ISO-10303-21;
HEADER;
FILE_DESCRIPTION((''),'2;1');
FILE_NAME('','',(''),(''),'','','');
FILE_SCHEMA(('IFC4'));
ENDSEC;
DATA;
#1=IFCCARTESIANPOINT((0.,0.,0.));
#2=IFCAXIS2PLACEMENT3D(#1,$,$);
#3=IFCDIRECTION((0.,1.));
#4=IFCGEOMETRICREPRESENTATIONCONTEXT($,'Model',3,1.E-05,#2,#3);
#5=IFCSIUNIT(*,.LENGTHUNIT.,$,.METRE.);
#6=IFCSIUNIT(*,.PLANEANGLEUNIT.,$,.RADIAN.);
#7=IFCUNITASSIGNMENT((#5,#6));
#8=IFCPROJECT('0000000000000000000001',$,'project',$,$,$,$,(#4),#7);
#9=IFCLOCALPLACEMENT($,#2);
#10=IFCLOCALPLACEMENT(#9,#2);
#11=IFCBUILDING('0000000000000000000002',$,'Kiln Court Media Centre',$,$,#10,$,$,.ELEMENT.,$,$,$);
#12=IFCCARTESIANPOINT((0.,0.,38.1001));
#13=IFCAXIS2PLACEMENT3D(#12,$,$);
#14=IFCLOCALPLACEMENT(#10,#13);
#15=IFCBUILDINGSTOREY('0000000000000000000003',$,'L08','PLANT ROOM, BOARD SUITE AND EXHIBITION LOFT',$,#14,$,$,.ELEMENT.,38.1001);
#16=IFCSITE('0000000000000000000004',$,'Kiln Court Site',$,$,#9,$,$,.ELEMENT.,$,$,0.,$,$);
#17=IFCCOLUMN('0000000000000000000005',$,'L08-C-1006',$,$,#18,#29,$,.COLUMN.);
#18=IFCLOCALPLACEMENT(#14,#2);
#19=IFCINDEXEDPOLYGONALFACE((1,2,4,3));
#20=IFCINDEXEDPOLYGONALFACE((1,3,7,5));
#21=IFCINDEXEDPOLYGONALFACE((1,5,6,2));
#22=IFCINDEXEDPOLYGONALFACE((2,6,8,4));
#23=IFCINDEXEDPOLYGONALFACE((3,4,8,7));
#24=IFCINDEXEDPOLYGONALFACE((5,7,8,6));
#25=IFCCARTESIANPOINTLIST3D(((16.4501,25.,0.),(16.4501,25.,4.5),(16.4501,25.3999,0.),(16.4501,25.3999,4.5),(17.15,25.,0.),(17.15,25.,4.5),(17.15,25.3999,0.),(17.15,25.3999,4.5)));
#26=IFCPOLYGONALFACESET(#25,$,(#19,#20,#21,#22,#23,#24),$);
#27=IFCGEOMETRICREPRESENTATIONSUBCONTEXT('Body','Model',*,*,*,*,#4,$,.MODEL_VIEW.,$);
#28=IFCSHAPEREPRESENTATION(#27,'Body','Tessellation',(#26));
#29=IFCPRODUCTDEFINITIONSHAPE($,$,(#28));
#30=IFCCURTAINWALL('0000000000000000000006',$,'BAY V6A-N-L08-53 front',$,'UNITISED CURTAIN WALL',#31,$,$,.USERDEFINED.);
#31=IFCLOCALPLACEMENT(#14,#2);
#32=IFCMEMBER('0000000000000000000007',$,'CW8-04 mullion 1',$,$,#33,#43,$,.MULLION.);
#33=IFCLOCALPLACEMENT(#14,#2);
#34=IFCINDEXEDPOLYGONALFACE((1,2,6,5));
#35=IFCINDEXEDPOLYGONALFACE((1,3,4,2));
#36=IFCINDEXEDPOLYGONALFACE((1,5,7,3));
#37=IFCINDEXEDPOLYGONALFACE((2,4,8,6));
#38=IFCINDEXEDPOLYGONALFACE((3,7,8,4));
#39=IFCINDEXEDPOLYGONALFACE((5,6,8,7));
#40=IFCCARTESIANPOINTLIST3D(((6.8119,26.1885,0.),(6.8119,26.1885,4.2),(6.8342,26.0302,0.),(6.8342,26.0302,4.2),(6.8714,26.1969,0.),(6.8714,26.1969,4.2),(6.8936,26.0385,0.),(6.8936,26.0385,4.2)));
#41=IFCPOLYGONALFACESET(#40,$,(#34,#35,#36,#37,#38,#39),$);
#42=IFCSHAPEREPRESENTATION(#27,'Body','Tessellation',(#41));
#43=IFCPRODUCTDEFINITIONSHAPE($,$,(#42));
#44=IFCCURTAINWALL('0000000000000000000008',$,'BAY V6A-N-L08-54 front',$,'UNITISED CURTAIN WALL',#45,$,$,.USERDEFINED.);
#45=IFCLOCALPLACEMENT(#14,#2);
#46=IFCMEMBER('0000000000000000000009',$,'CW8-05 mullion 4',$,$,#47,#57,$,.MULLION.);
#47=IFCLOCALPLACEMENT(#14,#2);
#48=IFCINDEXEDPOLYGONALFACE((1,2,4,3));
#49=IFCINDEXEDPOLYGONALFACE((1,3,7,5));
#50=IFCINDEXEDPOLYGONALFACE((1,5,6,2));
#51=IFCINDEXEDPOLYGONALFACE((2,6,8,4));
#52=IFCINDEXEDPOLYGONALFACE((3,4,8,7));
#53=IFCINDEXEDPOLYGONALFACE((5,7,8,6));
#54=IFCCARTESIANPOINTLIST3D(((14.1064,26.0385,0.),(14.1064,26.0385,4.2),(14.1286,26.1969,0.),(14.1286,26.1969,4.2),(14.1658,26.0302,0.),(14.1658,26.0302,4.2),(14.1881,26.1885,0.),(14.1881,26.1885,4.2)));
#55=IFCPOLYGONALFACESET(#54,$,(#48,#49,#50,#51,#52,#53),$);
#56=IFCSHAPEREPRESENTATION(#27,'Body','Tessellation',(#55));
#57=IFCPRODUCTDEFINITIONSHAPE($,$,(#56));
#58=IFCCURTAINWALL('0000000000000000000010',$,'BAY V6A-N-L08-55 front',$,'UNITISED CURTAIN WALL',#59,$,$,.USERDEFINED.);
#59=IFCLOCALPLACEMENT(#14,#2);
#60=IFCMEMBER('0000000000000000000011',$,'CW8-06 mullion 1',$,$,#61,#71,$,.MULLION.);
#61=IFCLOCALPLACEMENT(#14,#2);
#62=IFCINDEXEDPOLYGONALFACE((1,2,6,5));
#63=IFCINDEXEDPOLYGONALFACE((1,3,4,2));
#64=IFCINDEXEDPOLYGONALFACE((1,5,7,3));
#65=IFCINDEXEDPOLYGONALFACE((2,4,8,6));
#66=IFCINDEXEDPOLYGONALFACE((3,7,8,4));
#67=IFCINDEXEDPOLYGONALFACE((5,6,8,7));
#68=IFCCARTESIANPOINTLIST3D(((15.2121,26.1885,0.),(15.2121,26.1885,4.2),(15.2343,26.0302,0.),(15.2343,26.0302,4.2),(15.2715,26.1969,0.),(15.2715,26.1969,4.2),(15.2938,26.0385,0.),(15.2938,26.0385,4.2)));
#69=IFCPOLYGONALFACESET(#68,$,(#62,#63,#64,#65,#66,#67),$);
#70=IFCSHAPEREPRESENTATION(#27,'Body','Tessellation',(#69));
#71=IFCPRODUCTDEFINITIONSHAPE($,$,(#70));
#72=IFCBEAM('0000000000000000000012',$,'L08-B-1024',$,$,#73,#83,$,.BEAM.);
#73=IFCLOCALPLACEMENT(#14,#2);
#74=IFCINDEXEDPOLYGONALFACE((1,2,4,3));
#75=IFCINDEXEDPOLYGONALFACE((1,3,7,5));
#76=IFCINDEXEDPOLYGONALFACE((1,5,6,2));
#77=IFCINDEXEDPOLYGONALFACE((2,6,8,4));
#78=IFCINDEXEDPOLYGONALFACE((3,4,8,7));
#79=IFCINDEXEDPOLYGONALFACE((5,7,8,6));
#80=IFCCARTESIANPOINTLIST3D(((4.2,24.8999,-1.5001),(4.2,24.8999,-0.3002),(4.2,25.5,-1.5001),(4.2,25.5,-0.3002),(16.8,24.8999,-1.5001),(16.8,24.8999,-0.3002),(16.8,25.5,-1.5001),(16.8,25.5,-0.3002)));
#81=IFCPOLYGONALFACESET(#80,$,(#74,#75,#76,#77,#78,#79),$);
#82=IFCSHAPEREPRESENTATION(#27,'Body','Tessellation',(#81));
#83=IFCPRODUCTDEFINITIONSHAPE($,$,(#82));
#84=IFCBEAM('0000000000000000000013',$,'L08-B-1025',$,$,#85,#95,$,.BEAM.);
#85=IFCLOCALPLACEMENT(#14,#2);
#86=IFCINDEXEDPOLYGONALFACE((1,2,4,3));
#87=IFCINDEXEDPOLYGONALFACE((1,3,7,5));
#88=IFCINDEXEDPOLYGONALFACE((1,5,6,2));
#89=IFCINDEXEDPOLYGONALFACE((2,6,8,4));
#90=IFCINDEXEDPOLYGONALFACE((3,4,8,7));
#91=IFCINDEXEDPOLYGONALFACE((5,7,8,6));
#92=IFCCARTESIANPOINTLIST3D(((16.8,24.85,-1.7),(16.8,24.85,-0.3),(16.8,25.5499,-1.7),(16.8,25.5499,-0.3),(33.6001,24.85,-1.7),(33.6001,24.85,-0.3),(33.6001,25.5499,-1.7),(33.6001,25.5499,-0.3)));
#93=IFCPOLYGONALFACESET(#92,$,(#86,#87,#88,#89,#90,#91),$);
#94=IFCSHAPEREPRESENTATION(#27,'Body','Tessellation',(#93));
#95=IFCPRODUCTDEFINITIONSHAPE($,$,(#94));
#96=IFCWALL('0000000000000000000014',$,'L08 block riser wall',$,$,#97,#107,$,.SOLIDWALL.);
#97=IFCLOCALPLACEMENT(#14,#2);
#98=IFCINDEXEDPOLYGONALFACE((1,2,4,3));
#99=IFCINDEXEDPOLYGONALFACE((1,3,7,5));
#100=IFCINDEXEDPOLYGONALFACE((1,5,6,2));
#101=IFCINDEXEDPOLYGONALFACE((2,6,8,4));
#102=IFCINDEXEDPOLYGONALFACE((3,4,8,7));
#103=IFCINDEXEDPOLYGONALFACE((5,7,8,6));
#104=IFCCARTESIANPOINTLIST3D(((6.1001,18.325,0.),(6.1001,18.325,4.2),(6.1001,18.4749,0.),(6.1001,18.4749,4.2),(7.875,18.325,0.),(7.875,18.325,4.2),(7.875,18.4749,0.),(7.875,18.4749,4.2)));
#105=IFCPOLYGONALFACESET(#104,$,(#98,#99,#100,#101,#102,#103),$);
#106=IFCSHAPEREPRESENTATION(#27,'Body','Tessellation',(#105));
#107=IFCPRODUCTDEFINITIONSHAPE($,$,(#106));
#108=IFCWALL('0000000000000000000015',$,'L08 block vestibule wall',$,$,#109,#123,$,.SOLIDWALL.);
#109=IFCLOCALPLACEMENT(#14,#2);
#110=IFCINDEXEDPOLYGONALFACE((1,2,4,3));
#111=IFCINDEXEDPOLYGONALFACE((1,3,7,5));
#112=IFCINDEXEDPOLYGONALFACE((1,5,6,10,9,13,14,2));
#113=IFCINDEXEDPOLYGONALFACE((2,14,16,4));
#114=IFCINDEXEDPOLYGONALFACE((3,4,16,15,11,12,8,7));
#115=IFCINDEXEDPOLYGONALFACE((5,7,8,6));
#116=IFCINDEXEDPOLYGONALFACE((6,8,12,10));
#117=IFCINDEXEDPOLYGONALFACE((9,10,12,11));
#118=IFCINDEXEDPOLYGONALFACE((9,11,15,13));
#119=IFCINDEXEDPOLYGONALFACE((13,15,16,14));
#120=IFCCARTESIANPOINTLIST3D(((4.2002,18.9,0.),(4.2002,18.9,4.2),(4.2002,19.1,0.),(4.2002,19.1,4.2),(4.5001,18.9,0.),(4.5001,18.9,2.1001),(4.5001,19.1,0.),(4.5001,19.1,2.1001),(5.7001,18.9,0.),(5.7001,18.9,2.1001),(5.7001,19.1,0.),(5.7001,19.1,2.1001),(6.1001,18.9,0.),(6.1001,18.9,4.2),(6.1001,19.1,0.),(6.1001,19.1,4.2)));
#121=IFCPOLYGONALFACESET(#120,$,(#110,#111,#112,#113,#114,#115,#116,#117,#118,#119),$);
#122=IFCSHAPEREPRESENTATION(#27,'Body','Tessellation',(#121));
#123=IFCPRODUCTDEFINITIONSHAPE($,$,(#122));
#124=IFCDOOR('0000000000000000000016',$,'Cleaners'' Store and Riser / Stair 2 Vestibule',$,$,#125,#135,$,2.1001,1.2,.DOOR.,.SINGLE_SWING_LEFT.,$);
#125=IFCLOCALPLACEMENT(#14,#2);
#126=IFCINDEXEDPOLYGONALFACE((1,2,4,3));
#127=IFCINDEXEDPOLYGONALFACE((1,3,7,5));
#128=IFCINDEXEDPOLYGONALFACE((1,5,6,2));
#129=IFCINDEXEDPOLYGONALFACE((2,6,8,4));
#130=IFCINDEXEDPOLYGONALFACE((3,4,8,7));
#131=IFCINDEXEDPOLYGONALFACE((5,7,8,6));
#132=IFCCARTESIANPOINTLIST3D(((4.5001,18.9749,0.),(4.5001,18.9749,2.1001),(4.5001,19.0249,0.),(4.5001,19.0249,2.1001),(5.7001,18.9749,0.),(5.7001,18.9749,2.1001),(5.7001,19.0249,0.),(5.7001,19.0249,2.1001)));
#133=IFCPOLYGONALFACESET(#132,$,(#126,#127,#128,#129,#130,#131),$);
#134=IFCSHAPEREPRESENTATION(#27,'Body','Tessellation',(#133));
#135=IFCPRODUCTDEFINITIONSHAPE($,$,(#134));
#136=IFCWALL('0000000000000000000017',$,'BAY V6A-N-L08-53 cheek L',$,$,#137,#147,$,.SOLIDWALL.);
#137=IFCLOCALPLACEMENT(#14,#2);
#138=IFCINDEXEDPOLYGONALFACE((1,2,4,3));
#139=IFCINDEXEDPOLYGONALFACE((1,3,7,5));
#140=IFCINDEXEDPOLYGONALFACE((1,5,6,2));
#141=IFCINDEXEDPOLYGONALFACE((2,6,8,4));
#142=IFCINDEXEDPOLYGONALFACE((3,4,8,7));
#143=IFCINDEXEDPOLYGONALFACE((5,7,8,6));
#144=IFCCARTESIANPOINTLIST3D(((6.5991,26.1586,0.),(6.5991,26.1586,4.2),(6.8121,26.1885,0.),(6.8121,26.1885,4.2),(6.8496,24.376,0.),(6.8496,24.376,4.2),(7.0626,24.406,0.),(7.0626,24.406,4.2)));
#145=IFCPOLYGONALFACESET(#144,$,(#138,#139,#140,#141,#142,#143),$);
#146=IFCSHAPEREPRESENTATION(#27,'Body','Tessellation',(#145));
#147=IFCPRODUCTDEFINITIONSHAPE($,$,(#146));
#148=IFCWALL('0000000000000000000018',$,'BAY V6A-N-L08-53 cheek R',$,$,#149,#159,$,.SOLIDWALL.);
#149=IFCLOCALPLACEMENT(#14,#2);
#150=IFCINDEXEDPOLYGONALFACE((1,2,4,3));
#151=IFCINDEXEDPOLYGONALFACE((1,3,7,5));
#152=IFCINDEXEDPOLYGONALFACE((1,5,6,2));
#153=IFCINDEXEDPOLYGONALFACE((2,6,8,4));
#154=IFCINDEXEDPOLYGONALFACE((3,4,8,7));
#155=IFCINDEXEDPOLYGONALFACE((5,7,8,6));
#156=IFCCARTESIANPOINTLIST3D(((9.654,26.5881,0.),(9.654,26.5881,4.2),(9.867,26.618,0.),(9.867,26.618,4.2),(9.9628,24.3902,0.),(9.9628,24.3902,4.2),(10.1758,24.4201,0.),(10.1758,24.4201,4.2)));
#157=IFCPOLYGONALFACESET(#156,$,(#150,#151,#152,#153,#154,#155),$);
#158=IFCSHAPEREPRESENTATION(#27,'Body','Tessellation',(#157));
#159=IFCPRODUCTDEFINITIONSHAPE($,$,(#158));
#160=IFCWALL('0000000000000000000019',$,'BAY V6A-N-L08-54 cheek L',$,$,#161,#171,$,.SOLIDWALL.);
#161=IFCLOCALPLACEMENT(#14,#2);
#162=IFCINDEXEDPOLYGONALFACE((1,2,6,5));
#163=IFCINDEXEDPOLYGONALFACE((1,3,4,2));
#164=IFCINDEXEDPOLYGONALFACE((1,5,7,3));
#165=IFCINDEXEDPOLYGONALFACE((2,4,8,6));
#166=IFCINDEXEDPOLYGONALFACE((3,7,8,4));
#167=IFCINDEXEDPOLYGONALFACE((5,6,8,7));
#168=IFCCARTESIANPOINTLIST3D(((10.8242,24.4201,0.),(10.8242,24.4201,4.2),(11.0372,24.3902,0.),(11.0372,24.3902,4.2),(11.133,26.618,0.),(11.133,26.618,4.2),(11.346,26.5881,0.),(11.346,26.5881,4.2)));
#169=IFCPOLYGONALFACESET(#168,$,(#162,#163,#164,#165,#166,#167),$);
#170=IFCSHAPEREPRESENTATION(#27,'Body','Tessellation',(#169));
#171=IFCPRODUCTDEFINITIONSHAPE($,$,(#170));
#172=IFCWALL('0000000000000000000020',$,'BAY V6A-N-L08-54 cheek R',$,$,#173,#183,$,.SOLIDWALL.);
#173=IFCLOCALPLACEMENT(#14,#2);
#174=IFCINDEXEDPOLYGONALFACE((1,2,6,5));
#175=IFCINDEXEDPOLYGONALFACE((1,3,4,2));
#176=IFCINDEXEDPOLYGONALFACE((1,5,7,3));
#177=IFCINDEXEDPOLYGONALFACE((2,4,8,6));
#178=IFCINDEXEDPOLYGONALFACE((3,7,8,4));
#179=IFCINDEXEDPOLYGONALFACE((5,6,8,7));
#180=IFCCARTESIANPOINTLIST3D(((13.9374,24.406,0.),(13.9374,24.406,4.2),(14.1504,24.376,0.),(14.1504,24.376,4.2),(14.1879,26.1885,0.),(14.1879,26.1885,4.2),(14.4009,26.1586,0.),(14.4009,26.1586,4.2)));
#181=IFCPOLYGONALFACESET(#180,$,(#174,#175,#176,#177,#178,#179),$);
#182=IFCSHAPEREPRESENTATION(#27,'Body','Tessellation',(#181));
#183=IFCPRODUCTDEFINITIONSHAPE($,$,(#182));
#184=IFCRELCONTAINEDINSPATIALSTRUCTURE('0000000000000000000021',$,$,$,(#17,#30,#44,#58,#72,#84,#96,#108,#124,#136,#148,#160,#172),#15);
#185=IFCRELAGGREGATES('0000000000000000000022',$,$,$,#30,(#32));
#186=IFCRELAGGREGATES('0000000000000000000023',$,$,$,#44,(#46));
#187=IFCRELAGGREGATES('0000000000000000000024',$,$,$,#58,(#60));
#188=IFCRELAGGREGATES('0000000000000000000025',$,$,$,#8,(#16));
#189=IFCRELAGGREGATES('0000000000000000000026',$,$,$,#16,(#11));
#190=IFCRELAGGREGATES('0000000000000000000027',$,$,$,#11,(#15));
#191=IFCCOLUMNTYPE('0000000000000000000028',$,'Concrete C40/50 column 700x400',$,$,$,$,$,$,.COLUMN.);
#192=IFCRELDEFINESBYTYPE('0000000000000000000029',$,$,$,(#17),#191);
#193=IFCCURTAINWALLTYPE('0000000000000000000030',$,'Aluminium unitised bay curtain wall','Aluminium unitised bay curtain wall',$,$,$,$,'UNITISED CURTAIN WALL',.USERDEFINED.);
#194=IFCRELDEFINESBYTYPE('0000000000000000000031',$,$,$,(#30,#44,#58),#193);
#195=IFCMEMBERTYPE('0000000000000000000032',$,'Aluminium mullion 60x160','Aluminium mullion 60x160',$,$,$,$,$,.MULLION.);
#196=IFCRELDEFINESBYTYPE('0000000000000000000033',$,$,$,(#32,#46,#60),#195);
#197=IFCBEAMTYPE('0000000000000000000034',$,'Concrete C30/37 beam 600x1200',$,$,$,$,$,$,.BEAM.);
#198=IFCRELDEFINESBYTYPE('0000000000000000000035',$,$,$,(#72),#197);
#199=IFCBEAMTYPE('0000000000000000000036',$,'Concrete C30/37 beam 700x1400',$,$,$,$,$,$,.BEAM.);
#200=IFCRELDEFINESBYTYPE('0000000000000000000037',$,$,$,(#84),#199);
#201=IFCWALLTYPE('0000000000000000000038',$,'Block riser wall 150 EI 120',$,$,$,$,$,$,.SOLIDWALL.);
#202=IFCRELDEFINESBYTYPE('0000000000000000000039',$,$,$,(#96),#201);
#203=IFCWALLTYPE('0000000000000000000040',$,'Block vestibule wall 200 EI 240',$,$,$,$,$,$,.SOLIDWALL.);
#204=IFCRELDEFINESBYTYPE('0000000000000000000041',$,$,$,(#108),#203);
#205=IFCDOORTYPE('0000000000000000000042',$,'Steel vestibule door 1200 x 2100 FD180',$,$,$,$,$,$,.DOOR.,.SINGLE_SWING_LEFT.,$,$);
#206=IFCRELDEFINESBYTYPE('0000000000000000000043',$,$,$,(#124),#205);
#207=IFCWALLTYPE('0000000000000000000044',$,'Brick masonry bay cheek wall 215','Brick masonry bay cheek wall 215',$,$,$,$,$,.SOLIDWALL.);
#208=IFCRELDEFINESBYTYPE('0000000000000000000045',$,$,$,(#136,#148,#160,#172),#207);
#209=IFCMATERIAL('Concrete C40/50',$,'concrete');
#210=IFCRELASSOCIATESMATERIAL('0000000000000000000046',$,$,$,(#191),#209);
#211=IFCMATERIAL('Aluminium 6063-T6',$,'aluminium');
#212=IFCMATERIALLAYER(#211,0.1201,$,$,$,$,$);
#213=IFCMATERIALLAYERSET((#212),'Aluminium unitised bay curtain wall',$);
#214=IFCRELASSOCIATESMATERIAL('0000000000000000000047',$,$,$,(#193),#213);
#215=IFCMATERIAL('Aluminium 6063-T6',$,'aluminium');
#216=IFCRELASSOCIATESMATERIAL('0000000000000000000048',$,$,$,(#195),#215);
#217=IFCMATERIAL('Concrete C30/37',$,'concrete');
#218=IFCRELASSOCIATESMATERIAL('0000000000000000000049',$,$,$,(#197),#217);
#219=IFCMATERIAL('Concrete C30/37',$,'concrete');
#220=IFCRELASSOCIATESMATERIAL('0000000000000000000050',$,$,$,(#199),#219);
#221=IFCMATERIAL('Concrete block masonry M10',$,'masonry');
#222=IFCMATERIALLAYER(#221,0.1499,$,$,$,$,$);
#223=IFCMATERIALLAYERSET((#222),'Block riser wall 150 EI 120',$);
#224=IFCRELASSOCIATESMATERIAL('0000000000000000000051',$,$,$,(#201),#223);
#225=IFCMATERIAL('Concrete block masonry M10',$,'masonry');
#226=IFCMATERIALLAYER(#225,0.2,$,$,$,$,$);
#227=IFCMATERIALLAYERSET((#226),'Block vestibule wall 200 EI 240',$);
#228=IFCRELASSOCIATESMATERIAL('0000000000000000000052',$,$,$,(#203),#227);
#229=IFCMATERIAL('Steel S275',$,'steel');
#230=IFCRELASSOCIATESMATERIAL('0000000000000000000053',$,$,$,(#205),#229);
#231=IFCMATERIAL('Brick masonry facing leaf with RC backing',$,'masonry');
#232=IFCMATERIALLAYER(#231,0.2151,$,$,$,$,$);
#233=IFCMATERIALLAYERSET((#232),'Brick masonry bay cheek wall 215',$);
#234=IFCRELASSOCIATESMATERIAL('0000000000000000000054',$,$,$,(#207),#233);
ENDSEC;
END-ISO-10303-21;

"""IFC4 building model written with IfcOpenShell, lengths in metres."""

from ifc_helpers import new_model, si_unit, direction, frame, frame_2d, origin, origin_2d, place, context, subcontext, project, spatial, rectangle, extrude, material, layer, layer_set, material_profile, profile_set, type_object, element, fill, aggregate, save


model = new_model("IFC4")

# Units and contexts
model_context = context("Model", 3, precision=1e-05, world=origin(), true_north=direction((0.0, 1.0)))
body_context = subcontext(model_context, "Body", "Model", "MODEL_VIEW")
ifc_project = project(units=[si_unit("LENGTHUNIT", "METRE"), si_unit("PLANEANGLEUNIT", "RADIAN")], contexts=[model_context])

# Site, building, storey
site_placement = place(None, origin())
site = spatial("IfcSite", under=ifc_project, at=site_placement, Name="Kiln Court Site", CompositionType="ELEMENT", RefElevation=0.0)
building_placement = place(site_placement, origin())
building = spatial("IfcBuilding", under=site, at=building_placement, Name="Kiln Court Media Centre", CompositionType="ELEMENT")
storey_placement = place(building_placement, frame((0.0, 0.0, 38.1001)))
storey = spatial("IfcBuildingStorey", under=building, at=storey_placement, Name="L08", Description="PLANT ROOM, BOARD SUITE AND EXHIBITION LOFT", CompositionType="ELEMENT", Elevation=38.1001)

# Column
ifc_material_1 = material(Name="Concrete C40/50", Category="concrete")
ifc_material_profile_1 = material_profile(ifc_material_1, rectangle(XDim=0.7, YDim=0.3999, at=origin_2d()), Name="RC 700x400")
ifc_profile_set_1 = profile_set([ifc_material_profile_1], Name="Concrete C40/50")
column_type = type_object("IfcColumnType", Name="Concrete C40/50 column 700x400", PredefinedType="COLUMN", material=ifc_profile_set_1)
column_placement = place(storey_placement, frame((16.8, 25.2, 0.0), z_axis=(0.0, 0.0, 1.0), x_axis=(1.0, 0.0, 0.0)))
element("IfcColumn", 1, at=column_placement, inside=storey, type_object=column_type, Name="L08-C-1006", PredefinedType="COLUMN", context=body_context, shape_type="SweptSolid", body=[
    extrude(rectangle(XDim=0.7, YDim=0.3999, at=origin_2d()), origin(), (0.0, 0.0, 1.0), 4.5),
])

# Curtain walls, members
ifc_material_2 = material(Name="Aluminium 6063-T6", Category="aluminium")
ifc_layer_1 = layer(ifc_material_2, 0.1201)
ifc_layer_set_1 = layer_set([ifc_layer_1], Name="Aluminium unitised bay curtain wall")
curtain_wall_type = type_object("IfcCurtainWallType", Name="Aluminium unitised bay curtain wall", Description="Aluminium unitised bay curtain wall", ElementType="UNITISED CURTAIN WALL", PredefinedType="USERDEFINED", material=ifc_layer_set_1)
curtain_wall_1_placement = place(storey_placement, origin())
curtain_wall_1 = element("IfcCurtainWall", 2, at=curtain_wall_1_placement, inside=storey, type_object=curtain_wall_type, Name="BAY V6A-N-L08-53 front", ObjectType="UNITISED CURTAIN WALL", PredefinedType="USERDEFINED")
ifc_material_3 = material(Name="Aluminium 6063-T6", Category="aluminium")
ifc_material_profile_2 = material_profile(ifc_material_3, rectangle(XDim=0.0601, YDim=0.1599, at=origin_2d()), Name="Aluminium mullion 60x160")
ifc_profile_set_2 = profile_set([ifc_material_profile_2], Name="Aluminium 6063-T6")
member_type = type_object("IfcMemberType", Name="Aluminium mullion 60x160", Description="Aluminium mullion 60x160", PredefinedType="MULLION", material=ifc_profile_set_2)
member_1_placement = place(storey_placement, frame((6.8528, 26.1135, 0.0), z_axis=(0.0, 0.0, 1.0), x_axis=(0.99027, 0.139162, 0.0)))
member_1 = element("IfcMember", 3, at=member_1_placement, type_object=member_type, Name="CW8-04 mullion 1", PredefinedType="MULLION", context=body_context, shape_type="SweptSolid", body=[
    extrude(rectangle(XDim=0.0601, YDim=0.1599, at=origin_2d()), origin(), (0.0, 0.0, 1.0), 4.2),
])
aggregate(curtain_wall_1, [member_1])
curtain_wall_2_placement = place(storey_placement, origin())
curtain_wall_2 = element("IfcCurtainWall", 4, at=curtain_wall_2_placement, inside=storey, type_object=curtain_wall_type, Name="BAY V6A-N-L08-54 front", ObjectType="UNITISED CURTAIN WALL", PredefinedType="USERDEFINED")
member_2_placement = place(storey_placement, frame((14.1472, 26.1135, 0.0), z_axis=(0.0, 0.0, 1.0), x_axis=(0.99027, -0.139162, 0.0)))
member_2 = element("IfcMember", 5, at=member_2_placement, type_object=member_type, Name="CW8-05 mullion 4", PredefinedType="MULLION", context=body_context, shape_type="SweptSolid", body=[
    extrude(rectangle(XDim=0.0601, YDim=0.1599, at=origin_2d()), origin(), (0.0, 0.0, 1.0), 4.2),
])
aggregate(curtain_wall_2, [member_2])
curtain_wall_3_placement = place(storey_placement, origin())
curtain_wall_3 = element("IfcCurtainWall", 6, at=curtain_wall_3_placement, inside=storey, type_object=curtain_wall_type, Name="BAY V6A-N-L08-55 front", ObjectType="UNITISED CURTAIN WALL", PredefinedType="USERDEFINED")
member_3_placement = place(storey_placement, frame((15.2529, 26.1135, 0.0), z_axis=(0.0, 0.0, 1.0), x_axis=(0.99027, 0.139162, 0.0)))
member_3 = element("IfcMember", 7, at=member_3_placement, type_object=member_type, Name="CW8-06 mullion 1", PredefinedType="MULLION", context=body_context, shape_type="SweptSolid", body=[
    extrude(rectangle(XDim=0.0601, YDim=0.1599, at=origin_2d()), origin(), (0.0, 0.0, 1.0), 4.2),
])
aggregate(curtain_wall_3, [member_3])

# Beams
ifc_material_4 = material(Name="Concrete C30/37", Category="concrete")
ifc_material_profile_3 = material_profile(ifc_material_4, rectangle(XDim=0.6001, YDim=1.2, at=origin_2d()), Name="RC 600x1200")
ifc_profile_set_3 = profile_set([ifc_material_profile_3], Name="Concrete C30/37")
beam_type_1 = type_object("IfcBeamType", Name="Concrete C30/37 beam 600x1200", PredefinedType="BEAM", material=ifc_profile_set_3)
beam_1_placement = place(storey_placement, frame((4.2, 25.2, -0.9001), z_axis=(1.0, 0.0, 0.0), x_axis=(0.0, 1.0, 0.0)))
element("IfcBeam", 8, at=beam_1_placement, inside=storey, type_object=beam_type_1, Name="L08-B-1024", PredefinedType="BEAM", context=body_context, shape_type="SweptSolid", body=[
    extrude(rectangle(XDim=0.6001, YDim=1.2, at=origin_2d()), origin(), (0.0, 0.0, 1.0), 12.6001),
])
ifc_material_5 = material(Name="Concrete C30/37", Category="concrete")
ifc_material_profile_4 = material_profile(ifc_material_5, rectangle(XDim=0.7, YDim=1.3999, at=origin_2d()), Name="RC 700x1400")
ifc_profile_set_4 = profile_set([ifc_material_profile_4], Name="Concrete C30/37")
beam_type_2 = type_object("IfcBeamType", Name="Concrete C30/37 beam 700x1400", PredefinedType="BEAM", material=ifc_profile_set_4)
beam_2_placement = place(storey_placement, frame((16.8, 25.2, -1.0), z_axis=(1.0, 0.0, 0.0), x_axis=(0.0, 1.0, 0.0)))
element("IfcBeam", 9, at=beam_2_placement, inside=storey, type_object=beam_type_2, Name="L08-B-1025", PredefinedType="BEAM", context=body_context, shape_type="SweptSolid", body=[
    extrude(rectangle(XDim=0.7, YDim=1.3999, at=origin_2d()), origin(), (0.0, 0.0, 1.0), 16.8),
])

# Wall
ifc_material_6 = material(Name="Concrete block masonry M10", Category="masonry")
ifc_layer_2 = layer(ifc_material_6, 0.1499)
ifc_layer_set_2 = layer_set([ifc_layer_2], Name="Block riser wall 150 EI 120")
wall_type_1 = type_object("IfcWallType", Name="Block riser wall 150 EI 120", PredefinedType="SOLIDWALL", material=ifc_layer_set_2)
wall_1_placement = place(storey_placement, frame((6.1001, 18.3999, 0.0), z_axis=(0.0, 0.0, 1.0), x_axis=(1.0, 0.0, 0.0)))
element("IfcWall", 10, at=wall_1_placement, inside=storey, type_object=wall_type_1, Name="L08 block riser wall", PredefinedType="SOLIDWALL", context=body_context, shape_type="SweptSolid", body=[
    extrude(rectangle(XDim=1.7749, YDim=0.1499, at=frame_2d((0.8875, 0.0))), origin(), (0.0, 0.0, 1.0), 4.2),
])

# Wall, opening, door
ifc_material_7 = material(Name="Concrete block masonry M10", Category="masonry")
ifc_layer_3 = layer(ifc_material_7, 0.2)
ifc_layer_set_3 = layer_set([ifc_layer_3], Name="Block vestibule wall 200 EI 240")
wall_type_2 = type_object("IfcWallType", Name="Block vestibule wall 200 EI 240", PredefinedType="SOLIDWALL", material=ifc_layer_set_3)
wall_2_placement = place(storey_placement, frame((4.2002, 19.0, 0.0), z_axis=(0.0, 0.0, 1.0), x_axis=(1.0, 0.0, 0.0)))
wall_2 = element("IfcWall", 11, at=wall_2_placement, inside=storey, type_object=wall_type_2, Name="L08 block vestibule wall", PredefinedType="SOLIDWALL", context=body_context, shape_type="SweptSolid", body=[
    extrude(rectangle(XDim=1.8999, YDim=0.2, at=frame_2d((0.95, 0.0))), origin(), (0.0, 0.0, 1.0), 4.2),
])
opening_1_placement = place(wall_2_placement, frame((0.2998, 0.0, 0.0)))
opening_1 = element("IfcOpeningElement", 12, at=opening_1_placement, cuts=wall_2, PredefinedType="OPENING", context=body_context, shape_type="SweptSolid", body=[
    extrude(rectangle(XDim=1.2, YDim=2.1001, at=frame_2d((0.6001, 1.05))), frame((0.0, 0.1099, 0.0), z_axis=(0.0, -1.0, 0.0), x_axis=(1.0, 0.0, 0.0)), (0.0, 0.0, 1.0), 0.22),
])
ifc_material_8 = material(Name="Steel S275", Category="steel")
door_type_1 = type_object("IfcDoorType", Name="Steel vestibule door 1200 x 2100 FD180", OperationType="SINGLE_SWING_LEFT", PredefinedType="DOOR", material=ifc_material_8)
door_1_placement = place(opening_1_placement, origin())
door_1 = element("IfcDoor", 13, at=door_1_placement, inside=storey, type_object=door_type_1, Name="Cleaners' Store and Riser / Stair 2 Vestibule", OperationType="SINGLE_SWING_LEFT", OverallHeight=2.1001, OverallWidth=1.2, PredefinedType="DOOR", context=body_context, shape_type="SweptSolid", body=[
    extrude(rectangle(XDim=1.2, YDim=2.1001, at=frame_2d((0.6001, 1.05))), frame((0.0, 0.0249, 0.0), z_axis=(0.0, -1.0, 0.0), x_axis=(1.0, 0.0, 0.0)), (0.0, 0.0, 1.0), 0.05),
])
fill(opening_1, door_1)

# Walls
ifc_material_9 = material(Name="Brick masonry facing leaf with RC backing", Category="masonry")
ifc_layer_4 = layer(ifc_material_9, 0.2151)
ifc_layer_set_4 = layer_set([ifc_layer_4], Name="Brick masonry bay cheek wall 215")
wall_type_3 = type_object("IfcWallType", Name="Brick masonry bay cheek wall 215", Description="Brick masonry bay cheek wall 215", PredefinedType="SOLIDWALL", material=ifc_layer_set_4)
wall_3_placement = place(storey_placement, frame((6.9561, 24.3911, 0.0), z_axis=(0.0, 0.0, 1.0), x_axis=(-0.139161, 0.99027, 0.0)))
element("IfcWall", 14, at=wall_3_placement, inside=storey, type_object=wall_type_3, Name="BAY V6A-N-L08-53 cheek L", PredefinedType="SOLIDWALL", context=body_context, shape_type="SweptSolid", body=[
    extrude(rectangle(XDim=1.8, YDim=0.2151, at=frame_2d((0.8999, 0.0))), origin(), (0.0, 0.0, 1.0), 4.2),
])
for number, where, z_axis, x_axis, name in (
    (15, (10.0693, 24.405, 0.0), (0.0, 0.0, 1.0), (-0.139142, 0.990272, 0.0), "BAY V6A-N-L08-53 cheek R"),
    (16, (10.9307, 24.405, 0.0), (0.0, 0.0, 1.0), (0.139142, 0.990272, 0.0), "BAY V6A-N-L08-54 cheek L"),
):
    element("IfcWall", number, at=place(storey_placement, frame(where, z_axis=z_axis, x_axis=x_axis)), inside=storey, type_object=wall_type_3, Name=name, PredefinedType="SOLIDWALL", context=body_context, shape_type="SweptSolid", body=[
        extrude(rectangle(XDim=2.2195, YDim=0.2151, at=frame_2d((1.1099, 0.0))), origin(), (0.0, 0.0, 1.0), 4.2),
    ])
for number, where, z_axis, x_axis, name in (
    (17, (14.0439, 24.3911, 0.0), (0.0, 0.0, 1.0), (0.139161, 0.99027, 0.0), "BAY V6A-N-L08-54 cheek R"),
):
    element("IfcWall", number, at=place(storey_placement, frame(where, z_axis=z_axis, x_axis=x_axis)), inside=storey, type_object=wall_type_3, Name=name, PredefinedType="SOLIDWALL", context=body_context, shape_type="SweptSolid", body=[
        extrude(rectangle(XDim=1.8, YDim=0.2151, at=frame_2d((0.8999, 0.0))), origin(), (0.0, 0.0, 1.0), 4.2),
    ])

save(model, "model.ifc")
